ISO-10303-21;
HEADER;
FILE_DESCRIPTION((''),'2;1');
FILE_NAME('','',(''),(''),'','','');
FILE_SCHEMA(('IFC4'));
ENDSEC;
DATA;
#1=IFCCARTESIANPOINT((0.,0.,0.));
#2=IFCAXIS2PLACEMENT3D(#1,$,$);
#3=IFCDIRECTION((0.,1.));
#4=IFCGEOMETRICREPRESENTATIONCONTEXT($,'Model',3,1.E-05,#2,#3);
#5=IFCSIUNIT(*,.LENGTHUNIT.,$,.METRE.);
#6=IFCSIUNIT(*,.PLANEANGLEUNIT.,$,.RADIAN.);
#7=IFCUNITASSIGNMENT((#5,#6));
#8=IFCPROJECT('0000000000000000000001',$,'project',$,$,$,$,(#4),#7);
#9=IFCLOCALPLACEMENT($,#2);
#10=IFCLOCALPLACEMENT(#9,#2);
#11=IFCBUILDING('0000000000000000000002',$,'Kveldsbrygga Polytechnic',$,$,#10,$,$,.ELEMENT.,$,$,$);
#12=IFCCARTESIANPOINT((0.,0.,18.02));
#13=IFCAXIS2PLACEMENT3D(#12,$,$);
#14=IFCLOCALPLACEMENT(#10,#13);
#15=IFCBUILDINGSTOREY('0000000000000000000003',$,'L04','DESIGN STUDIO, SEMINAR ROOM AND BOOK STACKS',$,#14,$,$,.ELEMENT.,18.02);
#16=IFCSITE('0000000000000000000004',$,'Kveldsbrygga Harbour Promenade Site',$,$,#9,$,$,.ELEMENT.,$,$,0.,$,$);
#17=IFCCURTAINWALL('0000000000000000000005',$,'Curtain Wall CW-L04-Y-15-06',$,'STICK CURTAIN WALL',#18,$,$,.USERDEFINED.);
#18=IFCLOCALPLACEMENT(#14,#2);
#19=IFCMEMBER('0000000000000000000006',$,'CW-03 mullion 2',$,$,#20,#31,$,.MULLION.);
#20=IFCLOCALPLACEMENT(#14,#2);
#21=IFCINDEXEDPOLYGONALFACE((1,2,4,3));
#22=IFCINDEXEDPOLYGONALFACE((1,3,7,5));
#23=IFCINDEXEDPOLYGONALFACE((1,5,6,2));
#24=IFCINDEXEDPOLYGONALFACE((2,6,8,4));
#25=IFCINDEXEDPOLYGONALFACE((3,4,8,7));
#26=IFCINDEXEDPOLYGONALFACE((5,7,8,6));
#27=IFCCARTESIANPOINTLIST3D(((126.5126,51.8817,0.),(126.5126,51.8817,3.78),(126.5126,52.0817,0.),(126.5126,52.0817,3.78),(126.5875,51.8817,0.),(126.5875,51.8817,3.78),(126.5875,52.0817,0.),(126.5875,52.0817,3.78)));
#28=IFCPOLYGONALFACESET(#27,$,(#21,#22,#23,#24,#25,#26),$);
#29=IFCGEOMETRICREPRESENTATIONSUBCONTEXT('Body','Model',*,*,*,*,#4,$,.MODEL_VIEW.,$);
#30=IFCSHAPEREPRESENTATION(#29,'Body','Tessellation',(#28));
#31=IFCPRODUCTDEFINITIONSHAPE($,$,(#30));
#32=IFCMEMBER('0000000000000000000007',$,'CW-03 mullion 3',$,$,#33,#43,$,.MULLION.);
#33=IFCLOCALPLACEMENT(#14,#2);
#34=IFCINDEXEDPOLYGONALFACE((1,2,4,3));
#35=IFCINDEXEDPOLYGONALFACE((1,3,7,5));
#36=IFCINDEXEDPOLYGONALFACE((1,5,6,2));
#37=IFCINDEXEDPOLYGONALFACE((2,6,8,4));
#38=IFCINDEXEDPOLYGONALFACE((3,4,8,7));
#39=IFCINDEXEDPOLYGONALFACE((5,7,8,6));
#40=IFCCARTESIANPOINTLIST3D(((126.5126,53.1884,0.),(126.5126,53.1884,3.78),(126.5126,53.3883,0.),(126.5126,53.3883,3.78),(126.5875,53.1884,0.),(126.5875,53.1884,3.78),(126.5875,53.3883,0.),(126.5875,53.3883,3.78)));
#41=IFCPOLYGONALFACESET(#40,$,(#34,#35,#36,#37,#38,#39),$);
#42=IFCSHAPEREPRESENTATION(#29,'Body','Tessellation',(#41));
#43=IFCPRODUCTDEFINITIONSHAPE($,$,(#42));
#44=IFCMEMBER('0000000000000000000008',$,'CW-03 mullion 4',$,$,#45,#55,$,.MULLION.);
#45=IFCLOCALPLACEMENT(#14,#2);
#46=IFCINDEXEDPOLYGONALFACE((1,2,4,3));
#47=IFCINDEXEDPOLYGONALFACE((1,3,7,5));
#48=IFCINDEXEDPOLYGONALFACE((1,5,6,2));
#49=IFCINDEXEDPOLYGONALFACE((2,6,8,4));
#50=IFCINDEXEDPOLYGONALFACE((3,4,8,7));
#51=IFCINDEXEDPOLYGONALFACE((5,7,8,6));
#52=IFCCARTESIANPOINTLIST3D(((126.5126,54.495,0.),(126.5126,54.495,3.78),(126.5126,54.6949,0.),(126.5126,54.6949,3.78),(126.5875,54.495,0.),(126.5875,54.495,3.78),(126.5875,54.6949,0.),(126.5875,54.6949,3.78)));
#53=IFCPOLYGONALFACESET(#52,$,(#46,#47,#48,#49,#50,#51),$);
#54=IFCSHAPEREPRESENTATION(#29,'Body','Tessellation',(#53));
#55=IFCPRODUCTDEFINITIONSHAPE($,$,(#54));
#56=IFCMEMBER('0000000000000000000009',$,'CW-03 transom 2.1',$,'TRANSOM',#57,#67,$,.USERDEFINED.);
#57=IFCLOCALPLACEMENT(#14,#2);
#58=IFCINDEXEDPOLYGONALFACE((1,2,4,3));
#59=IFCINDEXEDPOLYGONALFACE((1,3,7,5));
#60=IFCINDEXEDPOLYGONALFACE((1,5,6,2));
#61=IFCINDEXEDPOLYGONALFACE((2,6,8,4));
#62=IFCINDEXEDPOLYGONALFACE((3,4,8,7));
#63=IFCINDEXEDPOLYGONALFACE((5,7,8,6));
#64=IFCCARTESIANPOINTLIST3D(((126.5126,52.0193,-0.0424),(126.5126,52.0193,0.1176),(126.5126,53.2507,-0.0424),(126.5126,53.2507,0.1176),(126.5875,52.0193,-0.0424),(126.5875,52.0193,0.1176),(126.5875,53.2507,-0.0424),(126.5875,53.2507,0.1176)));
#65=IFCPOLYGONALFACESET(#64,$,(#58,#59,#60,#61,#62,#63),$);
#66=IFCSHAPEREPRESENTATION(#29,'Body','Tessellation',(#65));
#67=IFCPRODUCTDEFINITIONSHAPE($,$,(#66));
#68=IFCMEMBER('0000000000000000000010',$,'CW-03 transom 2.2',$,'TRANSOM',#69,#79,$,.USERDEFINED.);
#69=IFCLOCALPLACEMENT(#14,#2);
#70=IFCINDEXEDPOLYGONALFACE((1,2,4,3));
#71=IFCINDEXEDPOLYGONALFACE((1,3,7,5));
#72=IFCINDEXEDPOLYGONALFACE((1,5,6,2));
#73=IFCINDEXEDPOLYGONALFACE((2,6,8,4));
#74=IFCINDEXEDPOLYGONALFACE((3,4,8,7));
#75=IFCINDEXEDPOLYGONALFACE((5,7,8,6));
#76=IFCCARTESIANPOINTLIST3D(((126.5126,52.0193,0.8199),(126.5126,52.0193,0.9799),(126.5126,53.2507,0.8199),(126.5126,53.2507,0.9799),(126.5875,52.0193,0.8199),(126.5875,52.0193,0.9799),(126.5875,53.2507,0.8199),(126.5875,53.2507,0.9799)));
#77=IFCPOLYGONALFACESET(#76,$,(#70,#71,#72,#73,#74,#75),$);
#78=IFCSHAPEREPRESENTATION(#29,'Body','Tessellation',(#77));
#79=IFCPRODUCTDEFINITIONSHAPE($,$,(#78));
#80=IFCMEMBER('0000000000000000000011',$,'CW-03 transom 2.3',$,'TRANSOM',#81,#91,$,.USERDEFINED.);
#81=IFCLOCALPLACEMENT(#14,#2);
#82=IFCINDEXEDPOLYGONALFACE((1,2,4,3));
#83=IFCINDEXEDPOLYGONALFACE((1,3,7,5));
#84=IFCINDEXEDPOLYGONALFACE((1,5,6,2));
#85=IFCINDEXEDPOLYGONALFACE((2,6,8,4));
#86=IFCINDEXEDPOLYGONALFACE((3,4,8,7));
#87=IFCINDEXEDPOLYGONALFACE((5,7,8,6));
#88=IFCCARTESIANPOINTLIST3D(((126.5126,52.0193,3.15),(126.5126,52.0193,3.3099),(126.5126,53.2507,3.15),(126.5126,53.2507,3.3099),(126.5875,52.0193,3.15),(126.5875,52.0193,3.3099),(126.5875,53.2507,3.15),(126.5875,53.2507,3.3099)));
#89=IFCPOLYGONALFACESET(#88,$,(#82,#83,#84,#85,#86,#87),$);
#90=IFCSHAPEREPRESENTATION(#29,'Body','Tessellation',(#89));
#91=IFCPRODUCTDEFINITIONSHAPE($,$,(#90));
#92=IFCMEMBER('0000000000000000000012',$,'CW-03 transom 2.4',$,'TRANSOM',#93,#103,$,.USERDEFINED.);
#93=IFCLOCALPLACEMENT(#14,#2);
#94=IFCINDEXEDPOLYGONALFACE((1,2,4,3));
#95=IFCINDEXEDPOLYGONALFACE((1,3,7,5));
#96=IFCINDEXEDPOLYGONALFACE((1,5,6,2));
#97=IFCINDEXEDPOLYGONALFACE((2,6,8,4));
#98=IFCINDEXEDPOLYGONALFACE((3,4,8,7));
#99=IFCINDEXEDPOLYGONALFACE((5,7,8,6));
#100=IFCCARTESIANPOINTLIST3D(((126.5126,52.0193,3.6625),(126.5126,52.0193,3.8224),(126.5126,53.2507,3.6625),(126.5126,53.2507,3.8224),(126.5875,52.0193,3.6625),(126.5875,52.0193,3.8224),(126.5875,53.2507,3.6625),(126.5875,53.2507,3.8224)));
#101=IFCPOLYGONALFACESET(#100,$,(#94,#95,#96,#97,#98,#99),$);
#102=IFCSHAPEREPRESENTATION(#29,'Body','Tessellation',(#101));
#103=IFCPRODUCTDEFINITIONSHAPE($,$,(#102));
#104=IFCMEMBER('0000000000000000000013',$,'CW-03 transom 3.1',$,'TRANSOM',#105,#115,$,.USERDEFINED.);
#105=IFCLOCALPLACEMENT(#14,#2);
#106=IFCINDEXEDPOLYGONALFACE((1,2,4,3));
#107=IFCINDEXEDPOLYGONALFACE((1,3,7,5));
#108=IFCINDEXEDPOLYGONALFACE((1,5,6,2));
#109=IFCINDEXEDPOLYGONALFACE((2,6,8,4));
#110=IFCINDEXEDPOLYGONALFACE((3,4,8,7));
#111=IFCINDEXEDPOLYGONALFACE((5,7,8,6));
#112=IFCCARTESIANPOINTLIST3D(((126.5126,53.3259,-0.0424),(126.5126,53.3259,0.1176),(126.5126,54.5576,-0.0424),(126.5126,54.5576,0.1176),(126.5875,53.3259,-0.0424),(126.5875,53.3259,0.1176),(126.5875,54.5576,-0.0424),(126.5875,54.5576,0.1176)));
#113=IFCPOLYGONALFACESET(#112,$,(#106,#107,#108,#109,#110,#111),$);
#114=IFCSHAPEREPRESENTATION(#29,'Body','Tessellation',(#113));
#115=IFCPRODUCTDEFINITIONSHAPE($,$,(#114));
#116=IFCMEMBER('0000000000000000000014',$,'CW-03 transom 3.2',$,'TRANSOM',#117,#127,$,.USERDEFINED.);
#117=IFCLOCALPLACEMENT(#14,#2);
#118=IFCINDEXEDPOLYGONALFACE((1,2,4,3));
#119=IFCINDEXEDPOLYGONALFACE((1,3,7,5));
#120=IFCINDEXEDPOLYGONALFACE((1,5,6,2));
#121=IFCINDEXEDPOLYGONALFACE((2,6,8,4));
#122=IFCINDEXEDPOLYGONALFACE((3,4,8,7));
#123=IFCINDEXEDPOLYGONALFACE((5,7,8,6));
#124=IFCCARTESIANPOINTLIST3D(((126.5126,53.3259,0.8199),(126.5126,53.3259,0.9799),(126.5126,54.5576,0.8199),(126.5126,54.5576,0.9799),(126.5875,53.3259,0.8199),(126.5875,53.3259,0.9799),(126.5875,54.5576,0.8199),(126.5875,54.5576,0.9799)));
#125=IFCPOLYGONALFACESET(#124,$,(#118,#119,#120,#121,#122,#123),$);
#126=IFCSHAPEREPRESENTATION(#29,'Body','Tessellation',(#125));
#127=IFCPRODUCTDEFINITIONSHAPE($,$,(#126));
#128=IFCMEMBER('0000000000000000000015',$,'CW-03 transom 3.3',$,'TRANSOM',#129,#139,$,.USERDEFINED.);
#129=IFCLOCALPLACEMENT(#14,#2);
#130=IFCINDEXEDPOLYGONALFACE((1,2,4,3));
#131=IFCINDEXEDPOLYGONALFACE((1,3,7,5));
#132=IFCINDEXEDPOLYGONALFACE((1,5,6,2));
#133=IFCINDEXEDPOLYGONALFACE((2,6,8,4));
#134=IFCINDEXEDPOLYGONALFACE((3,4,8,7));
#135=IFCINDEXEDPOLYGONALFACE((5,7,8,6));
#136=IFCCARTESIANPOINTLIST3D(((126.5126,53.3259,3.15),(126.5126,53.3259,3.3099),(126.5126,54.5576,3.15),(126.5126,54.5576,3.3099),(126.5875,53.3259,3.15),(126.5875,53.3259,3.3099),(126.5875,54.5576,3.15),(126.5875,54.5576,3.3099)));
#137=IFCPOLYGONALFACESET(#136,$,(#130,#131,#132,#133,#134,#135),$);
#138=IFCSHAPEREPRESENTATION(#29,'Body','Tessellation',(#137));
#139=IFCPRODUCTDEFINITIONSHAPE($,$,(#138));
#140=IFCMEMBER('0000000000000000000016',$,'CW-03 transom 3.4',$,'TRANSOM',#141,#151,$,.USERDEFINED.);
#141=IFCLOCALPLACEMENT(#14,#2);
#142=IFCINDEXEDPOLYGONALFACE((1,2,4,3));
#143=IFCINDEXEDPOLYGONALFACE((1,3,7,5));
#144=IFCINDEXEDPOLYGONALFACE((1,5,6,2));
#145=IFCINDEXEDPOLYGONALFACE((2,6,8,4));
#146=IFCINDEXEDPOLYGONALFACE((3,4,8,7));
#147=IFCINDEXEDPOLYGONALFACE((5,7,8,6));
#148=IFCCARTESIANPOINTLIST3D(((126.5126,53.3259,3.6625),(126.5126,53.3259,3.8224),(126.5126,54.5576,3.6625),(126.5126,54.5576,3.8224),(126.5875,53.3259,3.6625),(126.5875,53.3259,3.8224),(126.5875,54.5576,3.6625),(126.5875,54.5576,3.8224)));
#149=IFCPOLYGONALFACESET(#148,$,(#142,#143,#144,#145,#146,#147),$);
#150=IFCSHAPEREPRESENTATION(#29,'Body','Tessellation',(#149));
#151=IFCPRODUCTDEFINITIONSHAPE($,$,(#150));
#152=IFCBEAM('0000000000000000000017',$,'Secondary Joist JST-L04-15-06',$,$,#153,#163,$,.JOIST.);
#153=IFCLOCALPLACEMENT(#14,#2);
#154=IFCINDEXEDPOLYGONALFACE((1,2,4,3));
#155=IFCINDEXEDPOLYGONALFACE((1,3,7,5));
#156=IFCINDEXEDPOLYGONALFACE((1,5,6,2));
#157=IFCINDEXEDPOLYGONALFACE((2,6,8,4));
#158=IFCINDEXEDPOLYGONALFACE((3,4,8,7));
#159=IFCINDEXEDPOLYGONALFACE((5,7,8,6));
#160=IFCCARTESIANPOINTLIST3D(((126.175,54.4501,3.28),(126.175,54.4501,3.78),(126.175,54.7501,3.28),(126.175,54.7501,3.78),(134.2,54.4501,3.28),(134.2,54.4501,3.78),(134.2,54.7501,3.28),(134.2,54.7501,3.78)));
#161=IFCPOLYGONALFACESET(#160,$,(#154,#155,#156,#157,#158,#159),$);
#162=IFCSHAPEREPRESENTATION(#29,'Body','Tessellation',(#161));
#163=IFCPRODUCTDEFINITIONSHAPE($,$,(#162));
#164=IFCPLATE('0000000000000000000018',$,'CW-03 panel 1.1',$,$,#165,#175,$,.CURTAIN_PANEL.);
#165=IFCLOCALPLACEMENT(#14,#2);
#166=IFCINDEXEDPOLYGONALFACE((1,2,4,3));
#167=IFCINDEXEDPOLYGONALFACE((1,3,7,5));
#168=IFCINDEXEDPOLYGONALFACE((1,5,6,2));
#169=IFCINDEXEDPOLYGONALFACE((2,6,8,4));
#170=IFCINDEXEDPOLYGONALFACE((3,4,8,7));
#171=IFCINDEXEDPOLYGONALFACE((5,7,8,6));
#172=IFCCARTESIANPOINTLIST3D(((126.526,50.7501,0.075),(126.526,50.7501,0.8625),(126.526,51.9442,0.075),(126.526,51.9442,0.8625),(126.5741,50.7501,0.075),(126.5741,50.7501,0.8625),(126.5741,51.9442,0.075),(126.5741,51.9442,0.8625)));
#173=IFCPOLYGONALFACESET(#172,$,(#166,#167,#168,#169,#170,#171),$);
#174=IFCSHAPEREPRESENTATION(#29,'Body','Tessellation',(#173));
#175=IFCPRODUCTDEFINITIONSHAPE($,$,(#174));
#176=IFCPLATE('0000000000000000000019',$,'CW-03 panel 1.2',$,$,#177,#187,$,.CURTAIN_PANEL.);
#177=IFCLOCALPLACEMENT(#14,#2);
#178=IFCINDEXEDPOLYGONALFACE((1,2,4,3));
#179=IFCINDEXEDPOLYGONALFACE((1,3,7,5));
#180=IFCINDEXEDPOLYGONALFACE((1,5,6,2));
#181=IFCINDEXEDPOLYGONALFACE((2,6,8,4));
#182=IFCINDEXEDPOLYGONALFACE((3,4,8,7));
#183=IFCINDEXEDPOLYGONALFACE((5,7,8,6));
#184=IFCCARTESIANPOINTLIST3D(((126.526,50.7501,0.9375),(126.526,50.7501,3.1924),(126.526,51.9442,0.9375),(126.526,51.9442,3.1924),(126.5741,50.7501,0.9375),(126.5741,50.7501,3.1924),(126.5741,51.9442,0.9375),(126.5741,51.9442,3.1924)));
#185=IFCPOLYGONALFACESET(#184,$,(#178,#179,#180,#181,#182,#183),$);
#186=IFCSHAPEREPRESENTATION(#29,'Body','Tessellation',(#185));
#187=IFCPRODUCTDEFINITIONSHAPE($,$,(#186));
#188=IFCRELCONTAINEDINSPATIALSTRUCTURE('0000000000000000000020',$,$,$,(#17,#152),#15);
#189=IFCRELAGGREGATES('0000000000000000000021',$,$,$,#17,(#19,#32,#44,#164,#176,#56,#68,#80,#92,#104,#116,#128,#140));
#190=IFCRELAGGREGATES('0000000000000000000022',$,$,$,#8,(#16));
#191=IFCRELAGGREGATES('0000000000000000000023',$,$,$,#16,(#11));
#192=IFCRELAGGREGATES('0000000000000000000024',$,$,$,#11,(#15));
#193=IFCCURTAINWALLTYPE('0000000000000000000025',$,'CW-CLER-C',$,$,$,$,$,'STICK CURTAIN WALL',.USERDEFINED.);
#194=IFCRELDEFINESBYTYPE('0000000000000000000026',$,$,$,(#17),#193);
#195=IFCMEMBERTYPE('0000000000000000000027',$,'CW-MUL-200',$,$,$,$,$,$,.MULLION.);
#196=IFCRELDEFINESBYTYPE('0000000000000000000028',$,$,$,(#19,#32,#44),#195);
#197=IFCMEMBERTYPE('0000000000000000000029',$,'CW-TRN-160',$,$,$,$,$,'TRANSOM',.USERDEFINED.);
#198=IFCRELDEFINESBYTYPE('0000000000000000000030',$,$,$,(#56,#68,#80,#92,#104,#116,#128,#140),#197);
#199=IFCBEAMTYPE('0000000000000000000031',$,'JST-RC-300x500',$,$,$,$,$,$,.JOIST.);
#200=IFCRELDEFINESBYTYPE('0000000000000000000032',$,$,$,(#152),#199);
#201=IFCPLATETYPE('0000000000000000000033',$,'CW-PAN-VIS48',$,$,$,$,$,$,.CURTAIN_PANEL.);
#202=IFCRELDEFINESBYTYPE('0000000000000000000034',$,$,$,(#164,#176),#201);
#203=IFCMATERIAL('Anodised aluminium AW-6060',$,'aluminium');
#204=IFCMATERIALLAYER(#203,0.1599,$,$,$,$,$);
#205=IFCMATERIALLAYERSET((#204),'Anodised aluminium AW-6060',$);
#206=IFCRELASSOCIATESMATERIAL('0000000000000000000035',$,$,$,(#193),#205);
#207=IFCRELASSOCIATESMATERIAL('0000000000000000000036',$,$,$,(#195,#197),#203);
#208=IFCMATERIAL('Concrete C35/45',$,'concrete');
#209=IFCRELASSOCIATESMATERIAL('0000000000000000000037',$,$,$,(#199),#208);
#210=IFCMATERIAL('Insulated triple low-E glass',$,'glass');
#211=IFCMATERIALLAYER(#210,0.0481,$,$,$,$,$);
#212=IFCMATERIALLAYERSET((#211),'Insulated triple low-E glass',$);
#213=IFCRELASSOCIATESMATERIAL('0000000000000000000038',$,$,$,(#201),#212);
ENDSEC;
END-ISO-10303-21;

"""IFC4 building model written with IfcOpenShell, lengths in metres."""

from ifc_helpers import new_model, si_unit, direction, frame, origin, origin_2d, place, context, subcontext, project, spatial, rectangle, extrude, material, layer, layer_set, material_profile, profile_set, type_object, element, aggregate, save


model = new_model("IFC4")

# Units and contexts
model_context = context("Model", 3, precision=1e-05, world=origin(), true_north=direction((0.0, 1.0)))
body_context = subcontext(model_context, "Body", "Model", "MODEL_VIEW")
ifc_project = project(units=[si_unit("LENGTHUNIT", "METRE"), si_unit("PLANEANGLEUNIT", "RADIAN")], contexts=[model_context])

# Site, building, storey
site_placement = place(None, origin())
site = spatial("IfcSite", under=ifc_project, at=site_placement, Name="Kveldsbrygga Harbour Promenade Site", CompositionType="ELEMENT", RefElevation=0.0)
building_placement = place(site_placement, origin())
building = spatial("IfcBuilding", under=site, at=building_placement, Name="Kveldsbrygga Polytechnic", CompositionType="ELEMENT")
storey_placement = place(building_placement, frame((0.0, 0.0, 18.02)))
storey = spatial("IfcBuildingStorey", under=building, at=storey_placement, Name="L04", Description="DESIGN STUDIO, SEMINAR ROOM AND BOOK STACKS", CompositionType="ELEMENT", Elevation=18.02)

# Curtain wall, members
ifc_material_1 = material(Name="Anodised aluminium AW-6060", Category="aluminium")
ifc_layer_1 = layer(ifc_material_1, 0.1599)
ifc_layer_set_1 = layer_set([ifc_layer_1], Name="Anodised aluminium AW-6060")
curtain_wall_type = type_object("IfcCurtainWallType", Name="CW-CLER-C", ElementType="STICK CURTAIN WALL", PredefinedType="USERDEFINED", material=ifc_layer_set_1)
curtain_wall_placement = place(storey_placement, origin())
curtain_wall = element("IfcCurtainWall", 1, at=curtain_wall_placement, inside=storey, type_object=curtain_wall_type, Name="Curtain Wall CW-L04-Y-15-06", ObjectType="STICK CURTAIN WALL", PredefinedType="USERDEFINED")
ifc_material_profile_1 = material_profile(ifc_material_1, rectangle(XDim=0.075, YDim=0.2, at=origin_2d()), Name="ALU 75x200")
ifc_profile_set_1 = profile_set([ifc_material_profile_1], Name="Anodised aluminium AW-6060")
member_type_1 = type_object("IfcMemberType", Name="CW-MUL-200", PredefinedType="MULLION", material=ifc_profile_set_1)
member_1_placement = place(storey_placement, frame((126.55, 51.9817, 0.0), z_axis=(0.0, 0.0, 1.0), x_axis=(-1.0, 0.0, 0.0)))
member_1 = element("IfcMember", 2, at=member_1_placement, type_object=member_type_1, Name="CW-03 mullion 2", PredefinedType="MULLION", context=body_context, shape_type="SweptSolid", body=[
    extrude(rectangle(XDim=0.075, YDim=0.2, at=origin_2d()), origin(), (0.0, 0.0, 1.0), 3.78),
])
member_2_placement = place(storey_placement, frame((126.55, 53.2883, 0.0), z_axis=(0.0, 0.0, 1.0), x_axis=(-1.0, 0.0, 0.0)))
member_2 = element("IfcMember", 3, at=member_2_placement, type_object=member_type_1, Name="CW-03 mullion 3", PredefinedType="MULLION", context=body_context, shape_type="SweptSolid", body=[
    extrude(rectangle(XDim=0.075, YDim=0.2, at=origin_2d()), origin(), (0.0, 0.0, 1.0), 3.78),
])
member_3_placement = place(storey_placement, frame((126.55, 54.595, 0.0), z_axis=(0.0, 0.0, 1.0), x_axis=(-1.0, 0.0, 0.0)))
member_3 = element("IfcMember", 4, at=member_3_placement, type_object=member_type_1, Name="CW-03 mullion 4", PredefinedType="MULLION", context=body_context, shape_type="SweptSolid", body=[
    extrude(rectangle(XDim=0.075, YDim=0.2, at=origin_2d()), origin(), (0.0, 0.0, 1.0), 3.78),
])
ifc_material_profile_2 = material_profile(ifc_material_1, rectangle(XDim=0.075, YDim=0.1599, at=origin_2d()), Name="ALU 75x160")
ifc_profile_set_2 = profile_set([ifc_material_profile_2], Name="Anodised aluminium AW-6060")
member_type_2 = type_object("IfcMemberType", Name="CW-TRN-160", ElementType="TRANSOM", PredefinedType="USERDEFINED", material=ifc_profile_set_2)
member_4_placement = place(storey_placement, frame((126.55, 52.0193, 0.0376), z_axis=(0.0, 1.0, 0.0), x_axis=(-1.0, 0.0, 0.0)))
member_4 = element("IfcMember", 5, at=member_4_placement, type_object=member_type_2, Name="CW-03 transom 2.1", ObjectType="TRANSOM", PredefinedType="USERDEFINED", context=body_context, shape_type="SweptSolid", body=[
    extrude(rectangle(XDim=0.075, YDim=0.1599, at=origin_2d()), origin(), (0.0, 0.0, 1.0), 1.2314),
])
member_5_placement = place(storey_placement, frame((126.55, 52.0193, 0.8999), z_axis=(0.0, 1.0, 0.0), x_axis=(-1.0, 0.0, 0.0)))
member_5 = element("IfcMember", 6, at=member_5_placement, type_object=member_type_2, Name="CW-03 transom 2.2", ObjectType="TRANSOM", PredefinedType="USERDEFINED", context=body_context, shape_type="SweptSolid", body=[
    extrude(rectangle(XDim=0.075, YDim=0.1599, at=origin_2d()), origin(), (0.0, 0.0, 1.0), 1.2314),
])
member_6_placement = place(storey_placement, frame((126.55, 52.0193, 3.23), z_axis=(0.0, 1.0, 0.0), x_axis=(-1.0, 0.0, 0.0)))
member_6 = element("IfcMember", 7, at=member_6_placement, type_object=member_type_2, Name="CW-03 transom 2.3", ObjectType="TRANSOM", PredefinedType="USERDEFINED", context=body_context, shape_type="SweptSolid", body=[
    extrude(rectangle(XDim=0.075, YDim=0.1599, at=origin_2d()), origin(), (0.0, 0.0, 1.0), 1.2314),
])
member_7_placement = place(storey_placement, frame((126.55, 52.0193, 3.7424), z_axis=(0.0, 1.0, 0.0), x_axis=(-1.0, 0.0, 0.0)))
member_7 = element("IfcMember", 8, at=member_7_placement, type_object=member_type_2, Name="CW-03 transom 2.4", ObjectType="TRANSOM", PredefinedType="USERDEFINED", context=body_context, shape_type="SweptSolid", body=[
    extrude(rectangle(XDim=0.075, YDim=0.1599, at=origin_2d()), origin(), (0.0, 0.0, 1.0), 1.2314),
])
member_8_placement = place(storey_placement, frame((126.55, 53.3259, 0.0376), z_axis=(0.0, 1.0, 0.0), x_axis=(-1.0, 0.0, 0.0)))
member_8 = element("IfcMember", 9, at=member_8_placement, type_object=member_type_2, Name="CW-03 transom 3.1", ObjectType="TRANSOM", PredefinedType="USERDEFINED", context=body_context, shape_type="SweptSolid", body=[
    extrude(rectangle(XDim=0.075, YDim=0.1599, at=origin_2d()), origin(), (0.0, 0.0, 1.0), 1.2317),
])
member_9_placement = place(storey_placement, frame((126.55, 53.3259, 0.8999), z_axis=(0.0, 1.0, 0.0), x_axis=(-1.0, 0.0, 0.0)))
member_9 = element("IfcMember", 10, at=member_9_placement, type_object=member_type_2, Name="CW-03 transom 3.2", ObjectType="TRANSOM", PredefinedType="USERDEFINED", context=body_context, shape_type="SweptSolid", body=[
    extrude(rectangle(XDim=0.075, YDim=0.1599, at=origin_2d()), origin(), (0.0, 0.0, 1.0), 1.2317),
])
member_10_placement = place(storey_placement, frame((126.55, 53.3259, 3.23), z_axis=(0.0, 1.0, 0.0), x_axis=(-1.0, 0.0, 0.0)))
member_10 = element("IfcMember", 11, at=member_10_placement, type_object=member_type_2, Name="CW-03 transom 3.3", ObjectType="TRANSOM", PredefinedType="USERDEFINED", context=body_context, shape_type="SweptSolid", body=[
    extrude(rectangle(XDim=0.075, YDim=0.1599, at=origin_2d()), origin(), (0.0, 0.0, 1.0), 1.2317),
])
member_11_placement = place(storey_placement, frame((126.55, 53.3259, 3.7424), z_axis=(0.0, 1.0, 0.0), x_axis=(-1.0, 0.0, 0.0)))
member_11 = element("IfcMember", 12, at=member_11_placement, type_object=member_type_2, Name="CW-03 transom 3.4", ObjectType="TRANSOM", PredefinedType="USERDEFINED", context=body_context, shape_type="SweptSolid", body=[
    extrude(rectangle(XDim=0.075, YDim=0.1599, at=origin_2d()), origin(), (0.0, 0.0, 1.0), 1.2317),
])

# Beam
ifc_material_2 = material(Name="Concrete C35/45", Category="concrete")
ifc_material_profile_3 = material_profile(ifc_material_2, rectangle(XDim=0.3, YDim=0.5, at=origin_2d()), Name="RC 300x500")
ifc_profile_set_3 = profile_set([ifc_material_profile_3], Name="Concrete C35/45")
beam_type = type_object("IfcBeamType", Name="JST-RC-300x500", PredefinedType="JOIST", material=ifc_profile_set_3)
beam_placement = place(storey_placement, frame((126.175, 54.6001, 3.53), z_axis=(1.0, 0.0, 0.0), x_axis=(0.0, 1.0, 0.0)))
element("IfcBeam", 13, at=beam_placement, inside=storey, type_object=beam_type, Name="Secondary Joist JST-L04-15-06", PredefinedType="JOIST", context=body_context, shape_type="SweptSolid", body=[
    extrude(rectangle(XDim=0.3, YDim=0.5, at=origin_2d()), origin(), (0.0, 0.0, 1.0), 8.0249),
])

# Plates
ifc_material_3 = material(Name="Insulated triple low-E glass", Category="glass")
ifc_layer_2 = layer(ifc_material_3, 0.0481)
ifc_layer_set_2 = layer_set([ifc_layer_2], Name="Insulated triple low-E glass")
plate_type = type_object("IfcPlateType", Name="CW-PAN-VIS48", PredefinedType="CURTAIN_PANEL", material=ifc_layer_set_2)
plate_1_placement = place(storey_placement, frame((126.55, 51.3472, 0.075), z_axis=(0.0, 0.0, 1.0), x_axis=(0.0, 1.0, 0.0)))
plate_1 = element("IfcPlate", 14, at=plate_1_placement, type_object=plate_type, Name="CW-03 panel 1.1", PredefinedType="CURTAIN_PANEL", context=body_context, shape_type="SweptSolid", body=[
    extrude(rectangle(XDim=1.1941, YDim=0.0481, at=origin_2d()), origin(), (0.0, 0.0, 1.0), 0.7876),
])
plate_2_placement = place(storey_placement, frame((126.55, 51.3472, 0.9375), z_axis=(0.0, 0.0, 1.0), x_axis=(0.0, 1.0, 0.0)))
plate_2 = element("IfcPlate", 15, at=plate_2_placement, type_object=plate_type, Name="CW-03 panel 1.2", PredefinedType="CURTAIN_PANEL", context=body_context, shape_type="SweptSolid", body=[
    extrude(rectangle(XDim=1.1941, YDim=0.0481, at=origin_2d()), origin(), (0.0, 0.0, 1.0), 2.2549),
])
aggregate(curtain_wall, [member_1, member_2, member_3, plate_1, plate_2, member_4, member_5, member_6, member_7, member_8, member_9, member_10, member_11])

save(model, "model.ifc")
